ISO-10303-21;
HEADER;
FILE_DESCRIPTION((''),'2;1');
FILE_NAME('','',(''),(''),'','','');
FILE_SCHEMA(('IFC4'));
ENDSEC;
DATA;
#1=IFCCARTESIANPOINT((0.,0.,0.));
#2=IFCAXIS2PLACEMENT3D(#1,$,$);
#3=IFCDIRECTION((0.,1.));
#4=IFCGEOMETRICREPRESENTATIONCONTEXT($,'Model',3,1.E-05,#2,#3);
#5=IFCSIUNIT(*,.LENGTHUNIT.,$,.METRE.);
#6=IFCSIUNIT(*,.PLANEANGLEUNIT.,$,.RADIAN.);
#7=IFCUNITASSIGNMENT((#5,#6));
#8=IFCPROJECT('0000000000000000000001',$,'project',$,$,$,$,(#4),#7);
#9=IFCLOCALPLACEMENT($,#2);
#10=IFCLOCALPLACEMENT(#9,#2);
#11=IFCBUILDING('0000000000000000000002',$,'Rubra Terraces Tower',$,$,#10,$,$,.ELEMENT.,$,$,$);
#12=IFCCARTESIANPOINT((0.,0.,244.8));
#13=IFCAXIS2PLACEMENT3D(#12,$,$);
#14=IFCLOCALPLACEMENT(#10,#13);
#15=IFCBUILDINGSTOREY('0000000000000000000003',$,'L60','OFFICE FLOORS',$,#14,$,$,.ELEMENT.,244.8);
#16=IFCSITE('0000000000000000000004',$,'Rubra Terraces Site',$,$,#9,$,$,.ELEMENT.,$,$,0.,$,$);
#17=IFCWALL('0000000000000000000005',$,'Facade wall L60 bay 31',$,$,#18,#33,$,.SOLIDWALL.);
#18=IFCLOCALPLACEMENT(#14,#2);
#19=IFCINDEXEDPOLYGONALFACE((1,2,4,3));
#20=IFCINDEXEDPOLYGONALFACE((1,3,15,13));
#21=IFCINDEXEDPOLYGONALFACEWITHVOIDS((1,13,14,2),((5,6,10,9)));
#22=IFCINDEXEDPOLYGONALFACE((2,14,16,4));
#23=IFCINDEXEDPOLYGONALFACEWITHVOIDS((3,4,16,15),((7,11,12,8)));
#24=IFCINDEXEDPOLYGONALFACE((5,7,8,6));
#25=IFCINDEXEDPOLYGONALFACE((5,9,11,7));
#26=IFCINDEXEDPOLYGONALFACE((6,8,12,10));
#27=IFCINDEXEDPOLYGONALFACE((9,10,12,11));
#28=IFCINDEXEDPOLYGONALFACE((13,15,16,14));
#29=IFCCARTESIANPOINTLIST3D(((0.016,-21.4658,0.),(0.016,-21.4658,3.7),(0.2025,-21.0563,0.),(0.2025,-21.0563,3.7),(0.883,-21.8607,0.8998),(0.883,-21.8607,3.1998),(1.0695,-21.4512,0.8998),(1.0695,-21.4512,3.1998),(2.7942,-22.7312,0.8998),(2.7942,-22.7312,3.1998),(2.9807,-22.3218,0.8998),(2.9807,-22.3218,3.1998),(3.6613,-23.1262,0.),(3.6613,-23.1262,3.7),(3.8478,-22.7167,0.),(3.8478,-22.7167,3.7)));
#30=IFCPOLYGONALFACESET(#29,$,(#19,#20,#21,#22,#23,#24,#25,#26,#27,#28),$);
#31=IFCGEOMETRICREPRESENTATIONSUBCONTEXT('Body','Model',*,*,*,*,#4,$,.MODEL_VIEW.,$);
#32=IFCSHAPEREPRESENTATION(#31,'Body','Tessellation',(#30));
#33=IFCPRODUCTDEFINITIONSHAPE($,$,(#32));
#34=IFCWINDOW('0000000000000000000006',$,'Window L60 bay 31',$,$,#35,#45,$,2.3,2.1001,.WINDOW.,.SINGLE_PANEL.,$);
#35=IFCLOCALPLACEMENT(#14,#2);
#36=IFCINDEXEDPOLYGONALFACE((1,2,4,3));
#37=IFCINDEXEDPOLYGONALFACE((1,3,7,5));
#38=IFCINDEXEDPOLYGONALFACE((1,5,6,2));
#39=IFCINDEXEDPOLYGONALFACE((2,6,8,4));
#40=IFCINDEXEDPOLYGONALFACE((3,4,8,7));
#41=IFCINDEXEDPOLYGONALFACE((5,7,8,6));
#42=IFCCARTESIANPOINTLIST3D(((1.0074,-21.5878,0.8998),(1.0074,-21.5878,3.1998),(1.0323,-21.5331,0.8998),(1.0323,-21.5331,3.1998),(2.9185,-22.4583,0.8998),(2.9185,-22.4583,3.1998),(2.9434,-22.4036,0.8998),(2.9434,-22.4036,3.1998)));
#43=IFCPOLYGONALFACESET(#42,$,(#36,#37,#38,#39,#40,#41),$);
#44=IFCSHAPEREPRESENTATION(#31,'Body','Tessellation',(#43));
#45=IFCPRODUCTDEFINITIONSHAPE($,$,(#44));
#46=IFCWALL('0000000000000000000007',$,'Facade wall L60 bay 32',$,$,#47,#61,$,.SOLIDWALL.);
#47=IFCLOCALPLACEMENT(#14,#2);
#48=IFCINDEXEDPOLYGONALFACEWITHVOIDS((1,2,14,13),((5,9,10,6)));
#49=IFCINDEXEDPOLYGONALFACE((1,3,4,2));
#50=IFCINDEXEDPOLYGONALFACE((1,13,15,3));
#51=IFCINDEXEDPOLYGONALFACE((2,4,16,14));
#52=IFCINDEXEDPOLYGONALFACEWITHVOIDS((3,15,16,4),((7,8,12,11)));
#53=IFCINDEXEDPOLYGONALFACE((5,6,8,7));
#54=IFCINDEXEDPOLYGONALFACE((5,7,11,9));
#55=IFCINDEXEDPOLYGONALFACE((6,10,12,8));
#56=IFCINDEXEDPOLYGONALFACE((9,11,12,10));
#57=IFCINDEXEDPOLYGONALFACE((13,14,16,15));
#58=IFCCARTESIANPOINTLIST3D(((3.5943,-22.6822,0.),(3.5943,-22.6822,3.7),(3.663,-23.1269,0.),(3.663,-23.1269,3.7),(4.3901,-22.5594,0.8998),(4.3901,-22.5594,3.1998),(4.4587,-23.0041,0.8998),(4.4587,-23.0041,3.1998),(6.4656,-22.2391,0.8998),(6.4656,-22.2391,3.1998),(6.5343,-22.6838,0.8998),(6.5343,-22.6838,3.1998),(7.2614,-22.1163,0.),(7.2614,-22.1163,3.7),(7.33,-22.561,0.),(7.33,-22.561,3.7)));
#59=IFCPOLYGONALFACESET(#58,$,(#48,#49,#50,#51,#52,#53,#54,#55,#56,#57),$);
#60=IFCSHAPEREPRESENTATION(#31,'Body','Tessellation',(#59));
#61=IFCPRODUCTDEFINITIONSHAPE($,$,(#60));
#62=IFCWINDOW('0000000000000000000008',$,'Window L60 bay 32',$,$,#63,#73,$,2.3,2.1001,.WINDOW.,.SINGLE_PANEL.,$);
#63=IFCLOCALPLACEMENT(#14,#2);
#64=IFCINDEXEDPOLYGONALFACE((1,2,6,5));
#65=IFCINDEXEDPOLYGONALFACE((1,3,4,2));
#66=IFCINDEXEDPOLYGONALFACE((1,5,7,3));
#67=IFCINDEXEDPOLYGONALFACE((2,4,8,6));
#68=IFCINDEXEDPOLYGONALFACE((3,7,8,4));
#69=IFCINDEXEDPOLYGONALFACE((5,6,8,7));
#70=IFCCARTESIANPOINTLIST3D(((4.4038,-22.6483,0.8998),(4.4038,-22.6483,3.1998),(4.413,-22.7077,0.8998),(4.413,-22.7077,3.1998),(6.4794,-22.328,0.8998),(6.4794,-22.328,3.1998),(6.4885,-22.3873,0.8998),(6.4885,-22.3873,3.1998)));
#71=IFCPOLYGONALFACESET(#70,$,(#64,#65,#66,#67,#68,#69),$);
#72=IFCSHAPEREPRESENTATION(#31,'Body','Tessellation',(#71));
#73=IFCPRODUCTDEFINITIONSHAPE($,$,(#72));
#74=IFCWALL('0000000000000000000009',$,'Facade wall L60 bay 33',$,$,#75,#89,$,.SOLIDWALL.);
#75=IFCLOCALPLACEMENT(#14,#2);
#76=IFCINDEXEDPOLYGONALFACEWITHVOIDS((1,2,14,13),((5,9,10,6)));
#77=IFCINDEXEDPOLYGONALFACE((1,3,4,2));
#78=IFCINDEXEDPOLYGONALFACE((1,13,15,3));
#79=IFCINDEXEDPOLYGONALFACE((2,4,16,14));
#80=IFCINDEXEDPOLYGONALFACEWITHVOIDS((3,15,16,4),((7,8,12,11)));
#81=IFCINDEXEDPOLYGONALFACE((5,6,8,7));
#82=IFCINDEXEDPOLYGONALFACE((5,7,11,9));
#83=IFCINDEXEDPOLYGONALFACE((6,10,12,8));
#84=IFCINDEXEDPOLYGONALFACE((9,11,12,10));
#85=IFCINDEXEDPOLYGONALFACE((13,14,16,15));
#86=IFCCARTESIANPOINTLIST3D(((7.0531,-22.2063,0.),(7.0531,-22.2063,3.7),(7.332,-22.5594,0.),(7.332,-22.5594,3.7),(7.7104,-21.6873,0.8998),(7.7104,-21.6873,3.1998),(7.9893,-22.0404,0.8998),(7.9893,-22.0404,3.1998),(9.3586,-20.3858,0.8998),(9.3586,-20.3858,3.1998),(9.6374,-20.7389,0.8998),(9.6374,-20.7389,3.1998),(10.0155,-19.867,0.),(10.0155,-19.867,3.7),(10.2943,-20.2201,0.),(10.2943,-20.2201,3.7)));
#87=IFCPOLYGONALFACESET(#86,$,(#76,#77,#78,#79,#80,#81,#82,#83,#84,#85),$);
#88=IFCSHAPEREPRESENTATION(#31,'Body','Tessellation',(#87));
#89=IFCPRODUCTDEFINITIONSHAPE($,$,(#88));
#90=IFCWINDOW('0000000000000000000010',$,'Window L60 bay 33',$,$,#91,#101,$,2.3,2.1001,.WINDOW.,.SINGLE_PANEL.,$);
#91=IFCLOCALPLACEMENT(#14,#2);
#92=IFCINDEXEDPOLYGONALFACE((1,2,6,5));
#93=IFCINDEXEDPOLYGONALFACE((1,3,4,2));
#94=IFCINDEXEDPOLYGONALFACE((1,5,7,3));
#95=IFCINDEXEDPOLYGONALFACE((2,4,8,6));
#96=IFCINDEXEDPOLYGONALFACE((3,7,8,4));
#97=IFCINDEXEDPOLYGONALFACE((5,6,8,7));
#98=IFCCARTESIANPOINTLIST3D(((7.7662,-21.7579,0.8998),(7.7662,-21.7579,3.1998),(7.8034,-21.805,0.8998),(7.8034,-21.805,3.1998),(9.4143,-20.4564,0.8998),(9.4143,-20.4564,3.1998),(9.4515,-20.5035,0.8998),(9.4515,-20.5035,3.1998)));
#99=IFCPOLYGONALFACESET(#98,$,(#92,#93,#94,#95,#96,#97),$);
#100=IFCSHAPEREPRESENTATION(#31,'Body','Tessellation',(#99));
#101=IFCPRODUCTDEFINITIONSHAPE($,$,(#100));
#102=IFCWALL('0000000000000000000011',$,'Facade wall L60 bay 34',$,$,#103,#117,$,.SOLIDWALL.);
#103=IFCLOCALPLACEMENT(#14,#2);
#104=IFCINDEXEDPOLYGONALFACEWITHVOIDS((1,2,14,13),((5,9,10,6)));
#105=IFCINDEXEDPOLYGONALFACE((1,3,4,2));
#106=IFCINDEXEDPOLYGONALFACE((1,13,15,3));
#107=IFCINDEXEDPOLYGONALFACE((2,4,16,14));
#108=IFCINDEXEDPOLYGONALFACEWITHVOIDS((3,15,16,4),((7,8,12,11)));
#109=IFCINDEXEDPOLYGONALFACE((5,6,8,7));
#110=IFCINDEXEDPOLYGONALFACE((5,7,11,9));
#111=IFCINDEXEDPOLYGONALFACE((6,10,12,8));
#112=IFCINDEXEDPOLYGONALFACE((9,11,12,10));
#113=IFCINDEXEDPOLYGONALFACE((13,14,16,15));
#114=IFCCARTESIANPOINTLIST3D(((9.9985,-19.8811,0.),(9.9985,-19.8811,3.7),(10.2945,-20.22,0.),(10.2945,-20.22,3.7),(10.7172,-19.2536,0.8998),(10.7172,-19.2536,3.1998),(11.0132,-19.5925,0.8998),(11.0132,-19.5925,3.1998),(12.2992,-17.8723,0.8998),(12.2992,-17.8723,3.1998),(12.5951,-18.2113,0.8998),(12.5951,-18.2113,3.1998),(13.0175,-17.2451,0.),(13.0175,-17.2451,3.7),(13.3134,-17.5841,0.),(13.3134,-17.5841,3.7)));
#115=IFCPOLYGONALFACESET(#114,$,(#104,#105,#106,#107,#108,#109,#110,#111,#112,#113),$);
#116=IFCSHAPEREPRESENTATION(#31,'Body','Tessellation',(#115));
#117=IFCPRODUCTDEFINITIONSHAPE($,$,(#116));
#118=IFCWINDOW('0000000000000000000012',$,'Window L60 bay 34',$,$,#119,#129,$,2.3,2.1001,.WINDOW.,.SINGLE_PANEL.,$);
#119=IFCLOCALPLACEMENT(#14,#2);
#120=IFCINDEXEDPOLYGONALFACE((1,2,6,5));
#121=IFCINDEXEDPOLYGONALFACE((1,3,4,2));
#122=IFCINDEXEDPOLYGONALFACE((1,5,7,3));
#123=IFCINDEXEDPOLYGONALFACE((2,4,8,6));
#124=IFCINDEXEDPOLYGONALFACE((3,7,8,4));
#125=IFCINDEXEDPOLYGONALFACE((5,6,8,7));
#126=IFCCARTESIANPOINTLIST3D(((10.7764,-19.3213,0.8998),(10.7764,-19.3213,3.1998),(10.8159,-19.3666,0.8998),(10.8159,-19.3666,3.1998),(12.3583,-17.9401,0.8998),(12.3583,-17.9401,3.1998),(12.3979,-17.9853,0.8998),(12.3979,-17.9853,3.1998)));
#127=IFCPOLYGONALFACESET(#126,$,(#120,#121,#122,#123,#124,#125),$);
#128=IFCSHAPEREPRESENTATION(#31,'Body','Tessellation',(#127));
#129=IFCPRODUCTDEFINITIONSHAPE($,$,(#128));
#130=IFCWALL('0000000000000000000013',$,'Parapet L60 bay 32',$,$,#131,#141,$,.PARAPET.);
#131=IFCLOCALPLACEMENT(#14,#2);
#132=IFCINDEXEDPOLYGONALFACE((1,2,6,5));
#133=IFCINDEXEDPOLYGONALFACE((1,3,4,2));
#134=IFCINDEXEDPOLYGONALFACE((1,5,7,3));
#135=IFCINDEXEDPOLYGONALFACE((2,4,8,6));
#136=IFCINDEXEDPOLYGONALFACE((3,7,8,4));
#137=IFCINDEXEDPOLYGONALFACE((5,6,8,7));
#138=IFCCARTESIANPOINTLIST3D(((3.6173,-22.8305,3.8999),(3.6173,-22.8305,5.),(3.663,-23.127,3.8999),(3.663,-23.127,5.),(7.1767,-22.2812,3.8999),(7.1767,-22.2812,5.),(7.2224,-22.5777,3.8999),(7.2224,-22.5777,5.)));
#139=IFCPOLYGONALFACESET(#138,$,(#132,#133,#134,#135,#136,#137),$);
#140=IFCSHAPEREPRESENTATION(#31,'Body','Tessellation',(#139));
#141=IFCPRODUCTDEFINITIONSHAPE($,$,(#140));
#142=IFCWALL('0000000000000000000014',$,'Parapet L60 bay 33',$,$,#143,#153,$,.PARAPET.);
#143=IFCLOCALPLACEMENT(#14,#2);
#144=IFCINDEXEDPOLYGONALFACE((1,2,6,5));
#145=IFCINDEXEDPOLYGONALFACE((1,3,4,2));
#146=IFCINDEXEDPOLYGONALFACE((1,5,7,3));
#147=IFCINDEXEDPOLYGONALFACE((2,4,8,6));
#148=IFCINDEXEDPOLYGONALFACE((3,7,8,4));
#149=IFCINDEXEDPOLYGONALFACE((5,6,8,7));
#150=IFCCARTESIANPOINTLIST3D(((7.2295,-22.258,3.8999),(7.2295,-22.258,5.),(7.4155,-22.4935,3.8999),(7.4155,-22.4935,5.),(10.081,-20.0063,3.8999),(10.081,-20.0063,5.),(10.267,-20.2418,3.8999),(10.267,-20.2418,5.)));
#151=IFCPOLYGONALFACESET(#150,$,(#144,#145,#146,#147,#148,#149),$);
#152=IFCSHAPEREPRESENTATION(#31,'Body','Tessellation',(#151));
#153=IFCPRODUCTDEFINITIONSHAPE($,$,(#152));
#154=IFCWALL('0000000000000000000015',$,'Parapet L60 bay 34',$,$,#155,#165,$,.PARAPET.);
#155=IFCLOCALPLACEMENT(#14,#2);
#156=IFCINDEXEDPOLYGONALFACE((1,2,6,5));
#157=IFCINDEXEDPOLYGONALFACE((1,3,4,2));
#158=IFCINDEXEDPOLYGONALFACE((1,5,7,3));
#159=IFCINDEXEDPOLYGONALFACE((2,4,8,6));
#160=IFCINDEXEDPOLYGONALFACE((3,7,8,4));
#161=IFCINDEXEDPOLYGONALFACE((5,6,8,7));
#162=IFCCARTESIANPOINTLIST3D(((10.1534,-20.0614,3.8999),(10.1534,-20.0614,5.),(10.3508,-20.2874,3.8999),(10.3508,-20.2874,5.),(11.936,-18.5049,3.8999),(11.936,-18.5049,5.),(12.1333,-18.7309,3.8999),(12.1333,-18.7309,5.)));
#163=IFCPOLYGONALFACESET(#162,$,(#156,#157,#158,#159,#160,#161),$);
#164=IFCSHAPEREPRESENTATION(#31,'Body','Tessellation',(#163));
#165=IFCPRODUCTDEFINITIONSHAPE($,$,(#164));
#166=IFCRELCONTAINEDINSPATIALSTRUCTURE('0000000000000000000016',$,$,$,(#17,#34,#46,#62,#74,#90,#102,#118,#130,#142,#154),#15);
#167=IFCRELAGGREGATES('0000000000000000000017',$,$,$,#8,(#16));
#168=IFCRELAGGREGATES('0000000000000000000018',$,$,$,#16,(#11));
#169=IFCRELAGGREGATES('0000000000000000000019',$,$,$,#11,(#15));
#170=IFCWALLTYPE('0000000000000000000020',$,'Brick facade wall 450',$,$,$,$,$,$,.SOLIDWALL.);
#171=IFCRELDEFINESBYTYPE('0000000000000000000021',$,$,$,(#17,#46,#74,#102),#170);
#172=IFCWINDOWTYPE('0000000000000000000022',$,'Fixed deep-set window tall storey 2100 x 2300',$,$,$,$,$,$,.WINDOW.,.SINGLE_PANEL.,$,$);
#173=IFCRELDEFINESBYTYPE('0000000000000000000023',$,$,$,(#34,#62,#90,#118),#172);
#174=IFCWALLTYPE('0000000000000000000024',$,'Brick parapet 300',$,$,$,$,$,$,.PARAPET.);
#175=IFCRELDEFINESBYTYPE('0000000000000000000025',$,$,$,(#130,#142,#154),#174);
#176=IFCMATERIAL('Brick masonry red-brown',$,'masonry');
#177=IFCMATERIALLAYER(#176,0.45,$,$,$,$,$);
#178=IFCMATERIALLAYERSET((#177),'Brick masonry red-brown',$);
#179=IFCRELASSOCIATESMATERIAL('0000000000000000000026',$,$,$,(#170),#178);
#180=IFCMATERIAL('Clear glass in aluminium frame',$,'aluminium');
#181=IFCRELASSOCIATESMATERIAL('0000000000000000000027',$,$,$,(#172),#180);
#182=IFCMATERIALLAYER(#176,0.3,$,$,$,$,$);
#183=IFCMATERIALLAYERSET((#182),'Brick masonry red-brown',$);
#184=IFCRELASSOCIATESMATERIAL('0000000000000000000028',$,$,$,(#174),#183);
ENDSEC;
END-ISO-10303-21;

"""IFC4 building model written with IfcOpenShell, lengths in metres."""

from ifc_helpers import new_model, si_unit, direction, frame, frame_2d, origin, place, context, subcontext, project, spatial, rectangle, extrude, material, layer, layer_set, type_object, element, fill, save


model = new_model("IFC4")

# Units and contexts
model_context = context("Model", 3, precision=1e-05, world=origin(), true_north=direction((0.0, 1.0)))
body_context = subcontext(model_context, "Body", "Model", "MODEL_VIEW")
ifc_project = project(units=[si_unit("LENGTHUNIT", "METRE"), si_unit("PLANEANGLEUNIT", "RADIAN")], contexts=[model_context])

# Site, building, storey
site_placement = place(None, origin())
site = spatial("IfcSite", under=ifc_project, at=site_placement, Name="Rubra Terraces Site", CompositionType="ELEMENT", RefElevation=0.0)
building_placement = place(site_placement, origin())
building = spatial("IfcBuilding", under=site, at=building_placement, Name="Rubra Terraces Tower", CompositionType="ELEMENT")
storey_placement = place(building_placement, frame((0.0, 0.0, 244.8)))
storey = spatial("IfcBuildingStorey", under=building, at=storey_placement, Name="L60", Description="OFFICE FLOORS", CompositionType="ELEMENT", Elevation=244.8)

# Walls, openings, windows
ifc_material_1 = material(Name="Brick masonry red-brown", Category="masonry")
ifc_layer_1 = layer(ifc_material_1, 0.45)
ifc_layer_set_1 = layer_set([ifc_layer_1], Name="Brick masonry red-brown")
wall_type_1 = type_object("IfcWallType", Name="Brick facade wall 450", PredefinedType="SOLIDWALL", material=ifc_layer_set_1)
wall_1_placement = place(storey_placement, frame((0.1091, -21.261, 0.0), z_axis=(0.0, 0.0, 1.0), x_axis=(0.910041, -0.414519, 0.0)))
wall_1 = element("IfcWall", 1, at=wall_1_placement, inside=storey, type_object=wall_type_1, Name="Facade wall L60 bay 31", PredefinedType="SOLIDWALL", context=body_context, shape_type="SweptSolid", body=[
    extrude(rectangle(XDim=4.0056, YDim=0.45, at=frame_2d((2.0029, 0.0))), origin(), (0.0, 0.0, 1.0), 3.7),
])
opening_1_placement = place(wall_1_placement, frame((0.9529, 0.0, 0.8999)))
opening_1 = element("IfcOpeningElement", 2, at=opening_1_placement, cuts=wall_1, PredefinedType="OPENING", context=body_context, shape_type="SweptSolid", body=[
    extrude(rectangle(XDim=2.1001, YDim=2.3, at=frame_2d((1.05, 1.1499))), frame((0.0, 0.2349, 0.0), z_axis=(0.0, -1.0, 0.0), x_axis=(1.0, 0.0, 0.0)), (0.0, 0.0, 1.0), 0.47),
])
ifc_material_2 = material(Name="Clear glass in aluminium frame", Category="aluminium")
window_type = type_object("IfcWindowType", Name="Fixed deep-set window tall storey 2100 x 2300", PartitioningType="SINGLE_PANEL", PredefinedType="WINDOW", material=ifc_material_2)
window_1_placement = place(opening_1_placement, origin())
window_1 = element("IfcWindow", 3, at=window_1_placement, inside=storey, type_object=window_type, Name="Window L60 bay 31", OverallHeight=2.3, OverallWidth=2.1001, PartitioningType="SINGLE_PANEL", PredefinedType="WINDOW", context=body_context, shape_type="SweptSolid", body=[
    extrude(rectangle(XDim=2.1001, YDim=2.3, at=frame_2d((1.05, 1.1499))), frame((0.0, 0.135, 0.0), z_axis=(0.0, -1.0, 0.0), x_axis=(1.0, 0.0, 0.0)), (0.0, 0.0, 1.0), 0.0601),
])
fill(opening_1, window_1)
wall_2_placement = place(storey_placement, frame((3.6287, -22.9045, 0.0), z_axis=(0.0, 0.0, 1.0), x_axis=(0.9883, 0.152522, 0.0)))
wall_2 = element("IfcWall", 4, at=wall_2_placement, inside=storey, type_object=wall_type_1, Name="Facade wall L60 bay 32", PredefinedType="SOLIDWALL", context=body_context, shape_type="SweptSolid", body=[
    extrude(rectangle(XDim=3.7104, YDim=0.45, at=frame_2d((1.8552, 0.0))), origin(), (0.0, 0.0, 1.0), 3.7),
])
opening_2_placement = place(wall_2_placement, frame((0.8052, 0.0, 0.8999)))
opening_2 = element("IfcOpeningElement", 5, at=opening_2_placement, cuts=wall_2, PredefinedType="OPENING", context=body_context, shape_type="SweptSolid", body=[
    extrude(rectangle(XDim=2.1001, YDim=2.3, at=frame_2d((1.05, 1.1499))), frame((0.0, 0.2349, 0.0), z_axis=(0.0, -1.0, 0.0), x_axis=(1.0, 0.0, 0.0)), (0.0, 0.0, 1.0), 0.47),
])
window_2_placement = place(opening_2_placement, origin())
window_2 = element("IfcWindow", 6, at=window_2_placement, inside=storey, type_object=window_type, Name="Window L60 bay 32", OverallHeight=2.3, OverallWidth=2.1001, PartitioningType="SINGLE_PANEL", PredefinedType="WINDOW", context=body_context, shape_type="SweptSolid", body=[
    extrude(rectangle(XDim=2.1001, YDim=2.3, at=frame_2d((1.05, 1.1499))), frame((0.0, 0.135, 0.0), z_axis=(0.0, -1.0, 0.0), x_axis=(1.0, 0.0, 0.0)), (0.0, 0.0, 1.0), 0.0601),
])
fill(opening_2, window_2)
wall_3_placement = place(storey_placement, frame((7.1926, -22.3828, 0.0), z_axis=(0.0, 0.0, 1.0), x_axis=(0.784803, 0.619745, 0.0)))
wall_3 = element("IfcWall", 7, at=wall_3_placement, inside=storey, type_object=wall_type_1, Name="Facade wall L60 bay 33", PredefinedType="SOLIDWALL", context=body_context, shape_type="SweptSolid", body=[
    extrude(rectangle(XDim=3.7747, YDim=0.45, at=frame_2d((1.8872, 0.0))), origin(), (0.0, 0.0, 1.0), 3.7),
])
opening_3_placement = place(wall_3_placement, frame((0.8374, 0.0, 0.8999)))
opening_3 = element("IfcOpeningElement", 8, at=opening_3_placement, cuts=wall_3, PredefinedType="OPENING", context=body_context, shape_type="SweptSolid", body=[
    extrude(rectangle(XDim=2.1001, YDim=2.3, at=frame_2d((1.05, 1.1499))), frame((0.0, 0.2349, 0.0), z_axis=(0.0, -1.0, 0.0), x_axis=(1.0, 0.0, 0.0)), (0.0, 0.0, 1.0), 0.47),
])
window_3_placement = place(opening_3_placement, origin())
window_3 = element("IfcWindow", 9, at=window_3_placement, inside=storey, type_object=window_type, Name="Window L60 bay 33", OverallHeight=2.3, OverallWidth=2.1001, PartitioningType="SINGLE_PANEL", PredefinedType="WINDOW", context=body_context, shape_type="SweptSolid", body=[
    extrude(rectangle(XDim=2.1001, YDim=2.3, at=frame_2d((1.05, 1.1499))), frame((0.0, 0.135, 0.0), z_axis=(0.0, -1.0, 0.0), x_axis=(1.0, 0.0, 0.0)), (0.0, 0.0, 1.0), 0.0601),
])
fill(opening_3, window_3)
wall_4_placement = place(storey_placement, frame((10.1465, -20.0505, 0.0), z_axis=(0.0, 0.0, 1.0), x_axis=(0.753278, 0.657702, 0.0)))
wall_4 = element("IfcWall", 10, at=wall_4_placement, inside=storey, type_object=wall_type_1, Name="Facade wall L60 bay 34", PredefinedType="SOLIDWALL", context=body_context, shape_type="SweptSolid", body=[
    extrude(rectangle(XDim=4.0078, YDim=0.45, at=frame_2d((2.0039, 0.0))), origin(), (0.0, 0.0, 1.0), 3.7),
])
opening_4_placement = place(wall_4_placement, frame((0.9541, 0.0, 0.8999)))
opening_4 = element("IfcOpeningElement", 11, at=opening_4_placement, cuts=wall_4, PredefinedType="OPENING", context=body_context, shape_type="SweptSolid", body=[
    extrude(rectangle(XDim=2.1001, YDim=2.3, at=frame_2d((1.05, 1.1499))), frame((0.0, 0.2349, 0.0), z_axis=(0.0, -1.0, 0.0), x_axis=(1.0, 0.0, 0.0)), (0.0, 0.0, 1.0), 0.47),
])
window_4_placement = place(opening_4_placement, origin())
window_4 = element("IfcWindow", 12, at=window_4_placement, inside=storey, type_object=window_type, Name="Window L60 bay 34", OverallHeight=2.3, OverallWidth=2.1001, PartitioningType="SINGLE_PANEL", PredefinedType="WINDOW", context=body_context, shape_type="SweptSolid", body=[
    extrude(rectangle(XDim=2.1001, YDim=2.3, at=frame_2d((1.05, 1.1499))), frame((0.0, 0.135, 0.0), z_axis=(0.0, -1.0, 0.0), x_axis=(1.0, 0.0, 0.0)), (0.0, 0.0, 1.0), 0.0601),
])
fill(opening_4, window_4)

# Walls
ifc_layer_2 = layer(ifc_material_1, 0.3)
ifc_layer_set_2 = layer_set([ifc_layer_2], Name="Brick masonry red-brown")
wall_type_2 = type_object("IfcWallType", Name="Brick parapet 300", PredefinedType="PARAPET", material=ifc_layer_set_2)
wall_5_placement = place(storey_placement, frame((3.6401, -22.9788, 3.8999), z_axis=(0.0, 0.0, 1.0), x_axis=(0.988299, 0.152526, 0.0)))
element("IfcWall", 13, at=wall_5_placement, inside=storey, type_object=wall_type_2, Name="Parapet L60 bay 32", PredefinedType="PARAPET", context=body_context, shape_type="SweptSolid", body=[
    extrude(rectangle(XDim=3.6016, YDim=0.3, at=frame_2d((1.8008, 0.0))), origin(), (0.0, 0.0, 1.0), 1.1001),
])
wall_6_placement = place(storey_placement, frame((7.3225, -22.3757, 3.8999), z_axis=(0.0, 0.0, 1.0), x_axis=(0.784819, 0.619725, 0.0)))
element("IfcWall", 14, at=wall_6_placement, inside=storey, type_object=wall_type_2, Name="Parapet L60 bay 33", PredefinedType="PARAPET", context=body_context, shape_type="SweptSolid", body=[
    extrude(rectangle(XDim=3.6333, YDim=0.3, at=frame_2d((1.8167, 0.0))), origin(), (0.0, 0.0, 1.0), 1.1001),
])
wall_7_placement = place(storey_placement, frame((10.2522, -20.1743, 3.8999), z_axis=(0.0, 0.0, 1.0), x_axis=(0.75326, 0.657723, 0.0)))
element("IfcWall", 15, at=wall_7_placement, inside=storey, type_object=wall_type_2, Name="Parapet L60 bay 34", PredefinedType="PARAPET", context=body_context, shape_type="SweptSolid", body=[
    extrude(rectangle(XDim=2.3665, YDim=0.3, at=frame_2d((1.1831, 0.0))), origin(), (0.0, 0.0, 1.0), 1.1001),
])

save(model, "model.ifc")
